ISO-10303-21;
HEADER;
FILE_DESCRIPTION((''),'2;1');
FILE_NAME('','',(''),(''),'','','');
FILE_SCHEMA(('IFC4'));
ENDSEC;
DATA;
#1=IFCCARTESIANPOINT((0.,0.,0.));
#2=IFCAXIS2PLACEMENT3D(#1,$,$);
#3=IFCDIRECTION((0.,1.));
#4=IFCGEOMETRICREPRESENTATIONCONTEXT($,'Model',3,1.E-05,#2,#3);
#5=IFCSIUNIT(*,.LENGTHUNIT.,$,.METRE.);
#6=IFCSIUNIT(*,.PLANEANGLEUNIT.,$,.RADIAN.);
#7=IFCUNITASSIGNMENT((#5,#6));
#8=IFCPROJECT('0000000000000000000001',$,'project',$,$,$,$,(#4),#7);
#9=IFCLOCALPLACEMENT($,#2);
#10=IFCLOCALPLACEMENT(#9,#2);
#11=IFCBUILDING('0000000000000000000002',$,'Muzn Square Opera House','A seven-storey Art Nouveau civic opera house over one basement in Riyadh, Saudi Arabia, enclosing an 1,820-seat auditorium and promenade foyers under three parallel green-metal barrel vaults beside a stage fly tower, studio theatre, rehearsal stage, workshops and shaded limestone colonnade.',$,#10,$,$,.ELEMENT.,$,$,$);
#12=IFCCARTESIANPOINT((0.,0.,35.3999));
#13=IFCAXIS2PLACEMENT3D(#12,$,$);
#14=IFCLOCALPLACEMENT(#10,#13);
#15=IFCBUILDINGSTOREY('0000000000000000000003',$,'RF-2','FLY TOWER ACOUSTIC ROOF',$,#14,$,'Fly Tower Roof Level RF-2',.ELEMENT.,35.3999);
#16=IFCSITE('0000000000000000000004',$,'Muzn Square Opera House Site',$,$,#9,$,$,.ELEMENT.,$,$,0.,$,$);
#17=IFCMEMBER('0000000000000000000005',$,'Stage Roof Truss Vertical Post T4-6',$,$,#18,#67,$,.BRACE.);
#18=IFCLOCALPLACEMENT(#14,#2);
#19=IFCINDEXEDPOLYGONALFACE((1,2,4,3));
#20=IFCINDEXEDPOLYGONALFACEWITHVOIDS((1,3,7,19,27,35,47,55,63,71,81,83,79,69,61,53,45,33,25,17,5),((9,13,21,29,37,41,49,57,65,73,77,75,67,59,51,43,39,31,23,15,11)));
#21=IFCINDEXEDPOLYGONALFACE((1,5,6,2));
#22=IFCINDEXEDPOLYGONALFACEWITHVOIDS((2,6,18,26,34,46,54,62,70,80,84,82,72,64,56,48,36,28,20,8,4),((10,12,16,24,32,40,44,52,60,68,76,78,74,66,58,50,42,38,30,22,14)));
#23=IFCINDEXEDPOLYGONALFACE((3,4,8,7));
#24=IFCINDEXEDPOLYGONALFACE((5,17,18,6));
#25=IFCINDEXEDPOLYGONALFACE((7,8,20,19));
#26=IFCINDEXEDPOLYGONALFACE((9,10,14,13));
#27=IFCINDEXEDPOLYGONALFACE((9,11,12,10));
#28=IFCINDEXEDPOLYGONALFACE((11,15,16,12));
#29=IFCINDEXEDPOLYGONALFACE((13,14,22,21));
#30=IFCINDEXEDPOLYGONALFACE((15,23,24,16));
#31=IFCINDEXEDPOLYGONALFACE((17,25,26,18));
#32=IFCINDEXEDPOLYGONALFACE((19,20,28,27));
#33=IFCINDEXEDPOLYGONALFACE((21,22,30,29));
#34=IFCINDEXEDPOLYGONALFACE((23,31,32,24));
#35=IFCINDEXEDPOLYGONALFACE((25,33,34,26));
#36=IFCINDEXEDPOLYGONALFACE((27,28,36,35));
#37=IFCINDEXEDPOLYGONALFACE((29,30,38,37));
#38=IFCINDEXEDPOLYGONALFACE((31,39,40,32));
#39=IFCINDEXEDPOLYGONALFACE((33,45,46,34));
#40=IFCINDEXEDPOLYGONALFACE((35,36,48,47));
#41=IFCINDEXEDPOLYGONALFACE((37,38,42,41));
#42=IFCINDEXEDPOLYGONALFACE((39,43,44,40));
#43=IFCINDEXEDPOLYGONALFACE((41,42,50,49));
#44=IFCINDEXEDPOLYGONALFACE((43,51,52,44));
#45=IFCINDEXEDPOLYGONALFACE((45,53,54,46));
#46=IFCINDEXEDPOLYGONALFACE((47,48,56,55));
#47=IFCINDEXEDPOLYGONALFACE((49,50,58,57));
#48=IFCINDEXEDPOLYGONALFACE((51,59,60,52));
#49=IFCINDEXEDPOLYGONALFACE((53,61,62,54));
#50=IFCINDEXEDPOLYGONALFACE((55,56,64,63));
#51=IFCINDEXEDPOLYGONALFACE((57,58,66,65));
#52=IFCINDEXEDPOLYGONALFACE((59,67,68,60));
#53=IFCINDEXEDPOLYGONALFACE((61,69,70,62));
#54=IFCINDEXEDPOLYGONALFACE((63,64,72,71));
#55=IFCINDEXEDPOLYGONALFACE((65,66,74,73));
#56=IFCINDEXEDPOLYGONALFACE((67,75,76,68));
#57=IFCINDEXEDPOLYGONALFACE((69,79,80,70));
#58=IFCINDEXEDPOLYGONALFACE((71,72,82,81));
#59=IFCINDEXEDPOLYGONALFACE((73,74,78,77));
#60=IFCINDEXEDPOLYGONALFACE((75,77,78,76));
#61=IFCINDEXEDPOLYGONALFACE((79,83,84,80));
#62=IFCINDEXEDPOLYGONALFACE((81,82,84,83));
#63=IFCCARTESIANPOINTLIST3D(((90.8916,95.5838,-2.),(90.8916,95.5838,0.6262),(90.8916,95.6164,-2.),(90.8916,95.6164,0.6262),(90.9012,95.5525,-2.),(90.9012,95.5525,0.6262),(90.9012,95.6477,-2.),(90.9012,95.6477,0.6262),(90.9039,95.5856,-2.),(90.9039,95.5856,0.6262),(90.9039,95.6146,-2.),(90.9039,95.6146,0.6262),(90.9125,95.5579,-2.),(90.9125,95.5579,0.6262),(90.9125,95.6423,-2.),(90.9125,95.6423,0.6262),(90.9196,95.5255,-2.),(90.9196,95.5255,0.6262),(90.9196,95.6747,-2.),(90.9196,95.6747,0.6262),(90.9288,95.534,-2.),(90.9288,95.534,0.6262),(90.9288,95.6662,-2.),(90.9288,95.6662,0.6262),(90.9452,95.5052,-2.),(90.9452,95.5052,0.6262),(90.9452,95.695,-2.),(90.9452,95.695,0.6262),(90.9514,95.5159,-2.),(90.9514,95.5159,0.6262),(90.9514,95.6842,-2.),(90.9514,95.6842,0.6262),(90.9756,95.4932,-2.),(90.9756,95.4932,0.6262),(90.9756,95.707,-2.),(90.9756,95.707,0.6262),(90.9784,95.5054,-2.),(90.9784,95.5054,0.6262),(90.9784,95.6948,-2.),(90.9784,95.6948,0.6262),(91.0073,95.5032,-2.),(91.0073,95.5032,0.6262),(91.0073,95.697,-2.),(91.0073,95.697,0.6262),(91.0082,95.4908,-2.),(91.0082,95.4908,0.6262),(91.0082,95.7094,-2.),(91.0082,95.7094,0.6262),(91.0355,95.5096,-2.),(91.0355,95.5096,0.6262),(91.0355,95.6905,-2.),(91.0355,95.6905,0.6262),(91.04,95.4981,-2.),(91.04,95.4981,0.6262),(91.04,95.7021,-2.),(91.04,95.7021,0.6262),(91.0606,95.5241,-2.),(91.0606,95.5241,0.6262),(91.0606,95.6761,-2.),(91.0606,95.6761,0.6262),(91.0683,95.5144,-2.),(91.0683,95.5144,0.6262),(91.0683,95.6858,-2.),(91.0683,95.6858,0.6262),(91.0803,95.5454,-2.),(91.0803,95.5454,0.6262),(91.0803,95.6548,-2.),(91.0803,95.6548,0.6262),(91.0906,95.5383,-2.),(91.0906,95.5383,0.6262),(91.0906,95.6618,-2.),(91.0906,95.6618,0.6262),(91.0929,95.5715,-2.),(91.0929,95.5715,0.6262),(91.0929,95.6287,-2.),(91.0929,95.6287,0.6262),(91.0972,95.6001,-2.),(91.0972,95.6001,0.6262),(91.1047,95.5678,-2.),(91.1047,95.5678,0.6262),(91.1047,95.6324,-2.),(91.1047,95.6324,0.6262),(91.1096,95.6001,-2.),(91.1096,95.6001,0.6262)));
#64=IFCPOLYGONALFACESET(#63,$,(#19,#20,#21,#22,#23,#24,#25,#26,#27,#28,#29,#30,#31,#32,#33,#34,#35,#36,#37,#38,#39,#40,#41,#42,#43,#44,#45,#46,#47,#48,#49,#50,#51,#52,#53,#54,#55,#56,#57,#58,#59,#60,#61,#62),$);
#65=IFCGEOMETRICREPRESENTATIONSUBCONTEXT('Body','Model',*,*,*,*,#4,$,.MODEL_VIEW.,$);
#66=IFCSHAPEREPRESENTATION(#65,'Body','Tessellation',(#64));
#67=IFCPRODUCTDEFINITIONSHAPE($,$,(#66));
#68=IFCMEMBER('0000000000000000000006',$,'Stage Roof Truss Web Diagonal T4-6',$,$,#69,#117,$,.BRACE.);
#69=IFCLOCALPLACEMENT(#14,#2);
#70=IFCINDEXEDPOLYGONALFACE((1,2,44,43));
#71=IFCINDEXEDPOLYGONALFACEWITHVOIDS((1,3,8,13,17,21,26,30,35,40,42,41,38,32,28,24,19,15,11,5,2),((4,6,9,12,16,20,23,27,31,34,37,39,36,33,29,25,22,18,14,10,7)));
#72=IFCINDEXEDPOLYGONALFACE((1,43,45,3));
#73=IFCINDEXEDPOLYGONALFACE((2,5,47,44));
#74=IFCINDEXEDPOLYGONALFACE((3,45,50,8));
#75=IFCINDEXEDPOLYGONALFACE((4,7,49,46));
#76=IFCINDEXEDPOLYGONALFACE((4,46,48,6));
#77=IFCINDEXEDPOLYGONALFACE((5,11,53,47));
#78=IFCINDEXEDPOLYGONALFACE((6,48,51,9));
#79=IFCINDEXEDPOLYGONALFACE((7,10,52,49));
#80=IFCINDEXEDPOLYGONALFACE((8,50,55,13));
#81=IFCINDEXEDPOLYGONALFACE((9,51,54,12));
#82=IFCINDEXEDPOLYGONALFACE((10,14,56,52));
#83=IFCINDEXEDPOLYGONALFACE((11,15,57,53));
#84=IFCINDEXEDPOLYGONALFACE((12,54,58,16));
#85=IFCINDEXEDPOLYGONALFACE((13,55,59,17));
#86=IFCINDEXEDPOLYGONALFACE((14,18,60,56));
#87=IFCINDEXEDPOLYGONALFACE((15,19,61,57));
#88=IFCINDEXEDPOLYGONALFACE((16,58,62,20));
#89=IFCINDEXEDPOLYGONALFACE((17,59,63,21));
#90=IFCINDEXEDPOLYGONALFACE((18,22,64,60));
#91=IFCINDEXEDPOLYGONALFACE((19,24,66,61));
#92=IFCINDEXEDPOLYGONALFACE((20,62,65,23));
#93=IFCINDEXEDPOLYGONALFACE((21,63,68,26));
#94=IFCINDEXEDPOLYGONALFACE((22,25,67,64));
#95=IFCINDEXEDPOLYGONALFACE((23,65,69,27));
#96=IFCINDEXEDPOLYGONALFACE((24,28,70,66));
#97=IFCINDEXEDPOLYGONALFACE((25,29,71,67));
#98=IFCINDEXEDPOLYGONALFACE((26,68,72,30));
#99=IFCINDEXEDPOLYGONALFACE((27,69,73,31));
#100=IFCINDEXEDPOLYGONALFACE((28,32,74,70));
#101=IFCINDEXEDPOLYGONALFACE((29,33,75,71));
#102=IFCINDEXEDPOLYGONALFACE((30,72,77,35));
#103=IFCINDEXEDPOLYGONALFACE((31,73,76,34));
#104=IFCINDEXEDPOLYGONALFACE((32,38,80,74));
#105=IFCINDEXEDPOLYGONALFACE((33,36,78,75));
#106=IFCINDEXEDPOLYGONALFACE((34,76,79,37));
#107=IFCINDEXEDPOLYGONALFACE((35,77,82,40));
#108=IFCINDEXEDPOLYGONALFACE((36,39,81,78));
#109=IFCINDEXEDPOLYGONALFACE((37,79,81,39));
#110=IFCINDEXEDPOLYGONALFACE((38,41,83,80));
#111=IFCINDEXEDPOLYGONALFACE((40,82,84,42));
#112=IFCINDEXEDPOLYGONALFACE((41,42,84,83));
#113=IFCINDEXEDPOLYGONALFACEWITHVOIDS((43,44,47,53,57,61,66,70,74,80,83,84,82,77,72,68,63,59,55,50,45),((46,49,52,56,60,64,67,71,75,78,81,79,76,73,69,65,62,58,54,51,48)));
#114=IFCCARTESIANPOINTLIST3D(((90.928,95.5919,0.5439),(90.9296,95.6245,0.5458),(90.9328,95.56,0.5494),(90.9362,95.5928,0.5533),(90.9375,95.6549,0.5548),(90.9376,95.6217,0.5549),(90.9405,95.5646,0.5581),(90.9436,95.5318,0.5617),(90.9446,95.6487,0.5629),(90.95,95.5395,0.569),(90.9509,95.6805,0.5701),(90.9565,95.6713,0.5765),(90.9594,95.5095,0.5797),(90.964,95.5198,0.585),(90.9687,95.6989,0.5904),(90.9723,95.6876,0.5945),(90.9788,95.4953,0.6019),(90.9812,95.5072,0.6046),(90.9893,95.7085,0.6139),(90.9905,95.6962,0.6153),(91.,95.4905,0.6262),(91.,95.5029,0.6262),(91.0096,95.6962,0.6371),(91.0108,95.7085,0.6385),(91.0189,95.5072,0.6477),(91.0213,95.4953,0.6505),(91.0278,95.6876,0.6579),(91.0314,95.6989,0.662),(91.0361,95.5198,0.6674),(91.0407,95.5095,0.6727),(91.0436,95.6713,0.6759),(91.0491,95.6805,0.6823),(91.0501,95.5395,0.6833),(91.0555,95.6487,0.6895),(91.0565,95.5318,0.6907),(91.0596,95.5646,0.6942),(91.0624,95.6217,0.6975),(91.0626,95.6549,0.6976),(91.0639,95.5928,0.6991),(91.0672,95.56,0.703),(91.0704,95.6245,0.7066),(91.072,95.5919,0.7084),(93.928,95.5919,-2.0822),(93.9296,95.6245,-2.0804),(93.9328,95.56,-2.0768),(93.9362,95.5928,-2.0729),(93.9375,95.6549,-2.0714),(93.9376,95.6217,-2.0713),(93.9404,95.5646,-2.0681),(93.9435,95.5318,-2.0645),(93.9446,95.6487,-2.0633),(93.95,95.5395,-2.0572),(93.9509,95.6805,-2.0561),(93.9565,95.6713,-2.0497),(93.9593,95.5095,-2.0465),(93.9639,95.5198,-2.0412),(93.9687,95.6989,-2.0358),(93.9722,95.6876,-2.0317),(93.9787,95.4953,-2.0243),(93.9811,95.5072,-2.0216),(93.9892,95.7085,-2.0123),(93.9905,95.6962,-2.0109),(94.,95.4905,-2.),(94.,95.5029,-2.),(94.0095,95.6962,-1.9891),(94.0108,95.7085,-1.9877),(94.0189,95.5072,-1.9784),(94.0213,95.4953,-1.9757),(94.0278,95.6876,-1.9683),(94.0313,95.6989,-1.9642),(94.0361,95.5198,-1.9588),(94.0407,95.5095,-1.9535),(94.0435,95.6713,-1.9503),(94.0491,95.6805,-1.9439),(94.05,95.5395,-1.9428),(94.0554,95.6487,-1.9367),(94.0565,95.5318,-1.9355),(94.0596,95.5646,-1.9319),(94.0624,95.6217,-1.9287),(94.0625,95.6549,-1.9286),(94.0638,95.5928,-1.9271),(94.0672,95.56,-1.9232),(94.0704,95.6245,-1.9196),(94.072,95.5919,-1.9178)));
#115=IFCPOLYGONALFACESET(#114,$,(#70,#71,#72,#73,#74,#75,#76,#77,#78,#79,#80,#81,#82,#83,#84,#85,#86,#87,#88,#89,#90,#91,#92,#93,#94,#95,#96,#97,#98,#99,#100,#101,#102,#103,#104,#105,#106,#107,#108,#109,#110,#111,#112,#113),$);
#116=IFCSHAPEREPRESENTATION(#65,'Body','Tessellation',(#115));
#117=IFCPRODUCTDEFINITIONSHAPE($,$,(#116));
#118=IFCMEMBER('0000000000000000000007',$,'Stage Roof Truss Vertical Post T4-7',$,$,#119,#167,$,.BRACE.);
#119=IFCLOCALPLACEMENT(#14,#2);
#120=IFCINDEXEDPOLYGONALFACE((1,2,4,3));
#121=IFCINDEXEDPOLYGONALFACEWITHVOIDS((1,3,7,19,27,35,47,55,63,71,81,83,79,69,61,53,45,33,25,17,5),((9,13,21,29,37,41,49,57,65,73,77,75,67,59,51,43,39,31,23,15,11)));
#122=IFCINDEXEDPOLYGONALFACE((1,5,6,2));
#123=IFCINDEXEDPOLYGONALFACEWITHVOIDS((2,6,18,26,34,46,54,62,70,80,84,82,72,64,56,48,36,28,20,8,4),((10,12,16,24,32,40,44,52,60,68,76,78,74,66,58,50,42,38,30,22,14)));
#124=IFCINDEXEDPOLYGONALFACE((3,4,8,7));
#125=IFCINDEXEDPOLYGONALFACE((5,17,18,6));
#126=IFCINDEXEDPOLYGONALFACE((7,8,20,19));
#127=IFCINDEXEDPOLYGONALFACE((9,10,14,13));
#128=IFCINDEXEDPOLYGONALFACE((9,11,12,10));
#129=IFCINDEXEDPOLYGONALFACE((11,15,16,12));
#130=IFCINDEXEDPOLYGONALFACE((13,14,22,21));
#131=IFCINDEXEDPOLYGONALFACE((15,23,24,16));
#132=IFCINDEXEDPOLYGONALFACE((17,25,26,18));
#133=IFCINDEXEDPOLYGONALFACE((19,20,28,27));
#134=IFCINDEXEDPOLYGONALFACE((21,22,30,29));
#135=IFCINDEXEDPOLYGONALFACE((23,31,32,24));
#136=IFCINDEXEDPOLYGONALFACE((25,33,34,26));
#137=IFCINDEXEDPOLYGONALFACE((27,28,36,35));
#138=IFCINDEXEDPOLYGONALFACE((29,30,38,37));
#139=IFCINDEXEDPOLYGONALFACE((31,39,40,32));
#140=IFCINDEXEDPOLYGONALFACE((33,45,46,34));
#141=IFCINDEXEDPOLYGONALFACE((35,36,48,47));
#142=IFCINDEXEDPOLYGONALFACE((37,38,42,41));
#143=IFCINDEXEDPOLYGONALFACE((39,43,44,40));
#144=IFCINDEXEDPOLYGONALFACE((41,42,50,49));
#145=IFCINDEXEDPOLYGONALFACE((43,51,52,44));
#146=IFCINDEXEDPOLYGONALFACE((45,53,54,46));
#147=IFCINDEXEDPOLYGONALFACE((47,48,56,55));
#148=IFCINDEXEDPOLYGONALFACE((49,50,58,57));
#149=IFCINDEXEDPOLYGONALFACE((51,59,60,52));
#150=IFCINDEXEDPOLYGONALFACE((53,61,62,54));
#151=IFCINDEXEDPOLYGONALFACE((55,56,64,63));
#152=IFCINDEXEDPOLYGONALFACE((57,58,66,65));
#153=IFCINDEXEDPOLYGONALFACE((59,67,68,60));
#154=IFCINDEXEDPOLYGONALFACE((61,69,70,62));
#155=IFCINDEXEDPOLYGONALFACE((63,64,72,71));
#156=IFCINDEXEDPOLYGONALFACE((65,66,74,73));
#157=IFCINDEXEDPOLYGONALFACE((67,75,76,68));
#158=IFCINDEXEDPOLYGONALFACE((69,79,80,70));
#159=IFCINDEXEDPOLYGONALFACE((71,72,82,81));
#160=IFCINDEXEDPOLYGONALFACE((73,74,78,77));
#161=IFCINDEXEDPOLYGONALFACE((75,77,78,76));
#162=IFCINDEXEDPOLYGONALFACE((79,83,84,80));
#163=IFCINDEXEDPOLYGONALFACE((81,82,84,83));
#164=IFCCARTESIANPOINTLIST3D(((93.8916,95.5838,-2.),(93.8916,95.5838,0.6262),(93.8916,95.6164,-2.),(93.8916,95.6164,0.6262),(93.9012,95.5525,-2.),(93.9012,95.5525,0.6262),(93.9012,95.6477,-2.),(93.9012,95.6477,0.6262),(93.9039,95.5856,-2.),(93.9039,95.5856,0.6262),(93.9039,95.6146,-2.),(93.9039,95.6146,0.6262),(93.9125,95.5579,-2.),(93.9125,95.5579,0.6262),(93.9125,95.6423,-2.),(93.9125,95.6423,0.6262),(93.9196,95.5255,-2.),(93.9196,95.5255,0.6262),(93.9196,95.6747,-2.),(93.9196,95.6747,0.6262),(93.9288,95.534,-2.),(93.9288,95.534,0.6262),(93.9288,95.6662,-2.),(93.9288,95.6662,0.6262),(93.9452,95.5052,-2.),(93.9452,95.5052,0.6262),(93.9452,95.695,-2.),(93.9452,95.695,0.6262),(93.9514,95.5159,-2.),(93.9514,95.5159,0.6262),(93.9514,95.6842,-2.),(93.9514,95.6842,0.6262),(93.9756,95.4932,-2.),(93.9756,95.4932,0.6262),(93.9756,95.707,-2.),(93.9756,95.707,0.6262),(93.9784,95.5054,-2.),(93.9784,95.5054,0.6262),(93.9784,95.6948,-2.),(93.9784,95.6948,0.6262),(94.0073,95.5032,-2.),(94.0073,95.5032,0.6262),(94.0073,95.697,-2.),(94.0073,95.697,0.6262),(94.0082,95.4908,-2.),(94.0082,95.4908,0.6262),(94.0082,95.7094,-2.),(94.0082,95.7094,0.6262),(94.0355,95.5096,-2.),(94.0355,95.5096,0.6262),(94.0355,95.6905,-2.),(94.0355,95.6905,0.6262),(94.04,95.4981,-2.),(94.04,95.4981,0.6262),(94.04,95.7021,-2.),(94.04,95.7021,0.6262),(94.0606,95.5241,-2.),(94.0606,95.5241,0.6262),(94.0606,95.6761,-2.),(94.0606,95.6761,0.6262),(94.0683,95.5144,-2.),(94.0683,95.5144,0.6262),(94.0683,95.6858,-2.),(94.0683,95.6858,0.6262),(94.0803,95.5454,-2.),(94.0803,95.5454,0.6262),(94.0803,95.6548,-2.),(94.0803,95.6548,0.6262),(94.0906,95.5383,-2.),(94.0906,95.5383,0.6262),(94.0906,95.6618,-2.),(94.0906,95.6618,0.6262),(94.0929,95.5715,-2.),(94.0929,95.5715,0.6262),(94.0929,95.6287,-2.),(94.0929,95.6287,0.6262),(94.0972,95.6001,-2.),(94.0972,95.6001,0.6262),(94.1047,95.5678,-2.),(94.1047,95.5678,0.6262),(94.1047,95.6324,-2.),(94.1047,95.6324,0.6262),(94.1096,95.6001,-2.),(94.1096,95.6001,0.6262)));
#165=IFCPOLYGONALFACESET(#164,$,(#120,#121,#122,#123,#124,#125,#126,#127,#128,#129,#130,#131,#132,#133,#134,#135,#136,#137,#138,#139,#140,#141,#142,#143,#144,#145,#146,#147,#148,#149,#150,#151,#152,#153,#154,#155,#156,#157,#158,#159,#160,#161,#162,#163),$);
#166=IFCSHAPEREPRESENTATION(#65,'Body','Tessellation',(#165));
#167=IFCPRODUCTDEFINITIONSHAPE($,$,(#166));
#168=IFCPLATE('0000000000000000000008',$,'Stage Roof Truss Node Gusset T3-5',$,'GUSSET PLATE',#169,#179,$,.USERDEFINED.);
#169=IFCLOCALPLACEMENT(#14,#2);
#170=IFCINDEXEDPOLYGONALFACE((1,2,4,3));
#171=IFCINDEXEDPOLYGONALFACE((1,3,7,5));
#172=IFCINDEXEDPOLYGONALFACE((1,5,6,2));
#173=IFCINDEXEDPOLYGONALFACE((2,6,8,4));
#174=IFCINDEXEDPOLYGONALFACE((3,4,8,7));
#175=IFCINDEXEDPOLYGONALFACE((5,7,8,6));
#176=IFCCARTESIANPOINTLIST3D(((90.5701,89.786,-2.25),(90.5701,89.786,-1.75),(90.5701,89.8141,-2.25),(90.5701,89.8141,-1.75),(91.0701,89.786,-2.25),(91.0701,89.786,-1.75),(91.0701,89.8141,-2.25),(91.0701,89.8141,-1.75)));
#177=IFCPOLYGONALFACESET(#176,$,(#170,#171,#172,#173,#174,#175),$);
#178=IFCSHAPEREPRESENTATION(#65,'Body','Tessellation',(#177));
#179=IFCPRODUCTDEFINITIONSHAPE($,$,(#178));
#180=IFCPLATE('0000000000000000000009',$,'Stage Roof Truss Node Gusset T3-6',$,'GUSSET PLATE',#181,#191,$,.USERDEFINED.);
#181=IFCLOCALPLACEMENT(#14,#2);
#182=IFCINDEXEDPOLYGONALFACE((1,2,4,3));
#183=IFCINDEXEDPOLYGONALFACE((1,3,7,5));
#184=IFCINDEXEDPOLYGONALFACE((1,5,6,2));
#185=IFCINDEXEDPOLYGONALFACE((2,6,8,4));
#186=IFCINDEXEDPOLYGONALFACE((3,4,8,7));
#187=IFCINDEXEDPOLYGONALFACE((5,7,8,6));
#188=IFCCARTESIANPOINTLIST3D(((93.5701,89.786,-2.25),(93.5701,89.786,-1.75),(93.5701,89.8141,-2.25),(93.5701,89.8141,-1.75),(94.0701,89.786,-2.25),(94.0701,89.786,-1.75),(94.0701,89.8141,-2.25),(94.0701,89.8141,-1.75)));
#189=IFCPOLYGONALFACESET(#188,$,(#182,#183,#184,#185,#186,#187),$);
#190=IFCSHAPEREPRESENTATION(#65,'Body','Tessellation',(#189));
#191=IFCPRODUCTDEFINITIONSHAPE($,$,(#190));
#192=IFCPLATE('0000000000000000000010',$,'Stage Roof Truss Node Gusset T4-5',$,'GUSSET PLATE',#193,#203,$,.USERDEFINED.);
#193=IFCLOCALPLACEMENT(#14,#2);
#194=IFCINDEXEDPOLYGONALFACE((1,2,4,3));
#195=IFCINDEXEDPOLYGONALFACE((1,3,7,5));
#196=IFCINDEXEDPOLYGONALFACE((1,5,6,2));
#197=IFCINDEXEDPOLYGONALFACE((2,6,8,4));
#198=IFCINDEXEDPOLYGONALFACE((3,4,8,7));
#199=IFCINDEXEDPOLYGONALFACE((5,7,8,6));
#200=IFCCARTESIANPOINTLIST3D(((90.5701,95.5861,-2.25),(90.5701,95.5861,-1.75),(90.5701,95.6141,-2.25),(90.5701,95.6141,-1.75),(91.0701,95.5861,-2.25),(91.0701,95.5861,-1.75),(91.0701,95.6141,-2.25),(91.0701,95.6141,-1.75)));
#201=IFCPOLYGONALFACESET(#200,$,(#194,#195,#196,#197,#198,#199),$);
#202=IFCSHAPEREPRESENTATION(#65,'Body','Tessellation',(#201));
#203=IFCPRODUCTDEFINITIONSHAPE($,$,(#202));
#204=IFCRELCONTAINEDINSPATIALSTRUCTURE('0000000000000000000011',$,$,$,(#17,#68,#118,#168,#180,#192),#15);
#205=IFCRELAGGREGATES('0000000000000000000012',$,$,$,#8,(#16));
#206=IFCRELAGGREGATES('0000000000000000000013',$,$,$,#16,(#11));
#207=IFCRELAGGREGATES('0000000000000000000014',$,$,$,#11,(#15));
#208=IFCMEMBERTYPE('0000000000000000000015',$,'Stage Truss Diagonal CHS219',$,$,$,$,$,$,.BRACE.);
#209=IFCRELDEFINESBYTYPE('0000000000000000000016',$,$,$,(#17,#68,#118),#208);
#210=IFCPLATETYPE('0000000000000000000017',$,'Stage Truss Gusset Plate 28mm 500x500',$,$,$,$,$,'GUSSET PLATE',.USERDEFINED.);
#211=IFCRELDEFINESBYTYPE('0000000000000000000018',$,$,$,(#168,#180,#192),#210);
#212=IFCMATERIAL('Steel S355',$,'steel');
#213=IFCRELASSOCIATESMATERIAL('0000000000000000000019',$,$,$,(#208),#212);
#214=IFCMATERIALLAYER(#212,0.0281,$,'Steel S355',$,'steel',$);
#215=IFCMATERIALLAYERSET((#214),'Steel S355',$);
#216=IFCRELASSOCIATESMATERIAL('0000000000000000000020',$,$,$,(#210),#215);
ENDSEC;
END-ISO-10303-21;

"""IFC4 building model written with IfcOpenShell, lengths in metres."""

from ifc_helpers import new_model, si_unit, direction, frame, origin, origin_2d, place, context, subcontext, project, spatial, rectangle, hollow_circle, extrude, material, layer, layer_set, material_profile, profile_set, type_object, element, save


model = new_model("IFC4")

# Units and contexts
model_context = context("Model", 3, precision=1e-05, world=origin(), true_north=direction((0.0, 1.0)))
body_context = subcontext(model_context, "Body", "Model", "MODEL_VIEW")
ifc_project = project(units=[si_unit("LENGTHUNIT", "METRE"), si_unit("PLANEANGLEUNIT", "RADIAN")], contexts=[model_context])

# Site, building, storey
site_placement = place(None, origin())
site = spatial("IfcSite", under=ifc_project, at=site_placement, Name="Muzn Square Opera House Site", CompositionType="ELEMENT", RefElevation=0.0)
building_placement = place(site_placement, origin())
building = spatial("IfcBuilding", under=site, at=building_placement, Name="Muzn Square Opera House", Description="A seven-storey Art Nouveau civic opera house over one basement in Riyadh, Saudi Arabia, enclosing an 1,820-seat auditorium and promenade foyers under three parallel green-metal barrel vaults beside a stage fly tower, studio theatre, rehearsal stage, workshops and shaded limestone colonnade.", CompositionType="ELEMENT")
storey_placement = place(building_placement, frame((0.0, 0.0, 35.3999)))
storey = spatial("IfcBuildingStorey", under=building, at=storey_placement, Name="RF-2", Description="FLY TOWER ACOUSTIC ROOF", LongName="Fly Tower Roof Level RF-2", CompositionType="ELEMENT", Elevation=35.3999)

# Members
ifc_material = material(Name="Steel S355", Category="steel")
ifc_material_profile_1 = material_profile(ifc_material, hollow_circle(Radius=0.1096, WallThickness=0.0125, at=origin_2d()), Name="CHS 219.1x12.5", Category="steel")
ifc_profile_set_1 = profile_set([ifc_material_profile_1], Name="Steel S355")
member_type_1 = type_object("IfcMemberType", Name="Stage Truss Diagonal CHS219", PredefinedType="BRACE", material=ifc_profile_set_1)
member_1_placement = place(storey_placement, frame((91.0, 95.6001, -2.0), z_axis=(0.0, 0.0, 1.0), x_axis=(1.0, 0.0, 0.0)))
element("IfcMember", 1, at=member_1_placement, inside=storey, type_object=member_type_1, Name="Stage Roof Truss Vertical Post T4-6", PredefinedType="BRACE", context=body_context, shape_type="SweptSolid", body=[
    extrude(hollow_circle(Radius=0.1096, WallThickness=0.0125, at=origin_2d()), origin(), (0.0, 0.0, 1.0), 2.6262),
])
member_2_placement = place(storey_placement, frame((94.0, 95.6001, -2.0), z_axis=(-0.752425, 0.0, 0.658678), x_axis=(0.0, -1.0, 0.0)))
element("IfcMember", 2, at=member_2_placement, inside=storey, type_object=member_type_1, Name="Stage Roof Truss Web Diagonal T4-6", PredefinedType="BRACE", context=body_context, shape_type="SweptSolid", body=[
    extrude(hollow_circle(Radius=0.1096, WallThickness=0.0125, at=origin_2d()), origin(), (0.0, 0.0, 1.0), 3.9871),
])
member_3_placement = place(storey_placement, frame((94.0, 95.6001, -2.0), z_axis=(0.0, 0.0, 1.0), x_axis=(1.0, 0.0, 0.0)))
element("IfcMember", 3, at=member_3_placement, inside=storey, type_object=member_type_1, Name="Stage Roof Truss Vertical Post T4-7", PredefinedType="BRACE", context=body_context, shape_type="SweptSolid", body=[
    extrude(hollow_circle(Radius=0.1096, WallThickness=0.0125, at=origin_2d()), origin(), (0.0, 0.0, 1.0), 2.6262),
])

# Plates
ifc_layer = layer(ifc_material, 0.0281, Name="Steel S355", Category="steel")
ifc_layer_set = layer_set([ifc_layer], Name="Steel S355")
plate_type = type_object("IfcPlateType", Name="Stage Truss Gusset Plate 28mm 500x500", ElementType="GUSSET PLATE", PredefinedType="USERDEFINED", material=ifc_layer_set)
for number, where, z_axis, x_axis, name in (
    (4, (90.8201, 89.8, -2.25), (0.0, 0.0, 1.0), (1.0, 0.0, 0.0), "Stage Roof Truss Node Gusset T3-5"),
    (5, (93.8201, 89.8, -2.25), (0.0, 0.0, 1.0), (1.0, 0.0, 0.0), "Stage Roof Truss Node Gusset T3-6"),
    (6, (90.8201, 95.6001, -2.25), (0.0, 0.0, 1.0), (1.0, 0.0, 0.0), "Stage Roof Truss Node Gusset T4-5"),
):
    element("IfcPlate", number, at=place(storey_placement, frame(where, z_axis=z_axis, x_axis=x_axis)), inside=storey, type_object=plate_type, Name=name, ObjectType="GUSSET PLATE", PredefinedType="USERDEFINED", context=body_context, shape_type="SweptSolid", body=[
        extrude(rectangle(XDim=0.5, YDim=0.0281, at=origin_2d()), origin(), (0.0, 0.0, 1.0), 0.5),
    ])

save(model, "model.ifc")
